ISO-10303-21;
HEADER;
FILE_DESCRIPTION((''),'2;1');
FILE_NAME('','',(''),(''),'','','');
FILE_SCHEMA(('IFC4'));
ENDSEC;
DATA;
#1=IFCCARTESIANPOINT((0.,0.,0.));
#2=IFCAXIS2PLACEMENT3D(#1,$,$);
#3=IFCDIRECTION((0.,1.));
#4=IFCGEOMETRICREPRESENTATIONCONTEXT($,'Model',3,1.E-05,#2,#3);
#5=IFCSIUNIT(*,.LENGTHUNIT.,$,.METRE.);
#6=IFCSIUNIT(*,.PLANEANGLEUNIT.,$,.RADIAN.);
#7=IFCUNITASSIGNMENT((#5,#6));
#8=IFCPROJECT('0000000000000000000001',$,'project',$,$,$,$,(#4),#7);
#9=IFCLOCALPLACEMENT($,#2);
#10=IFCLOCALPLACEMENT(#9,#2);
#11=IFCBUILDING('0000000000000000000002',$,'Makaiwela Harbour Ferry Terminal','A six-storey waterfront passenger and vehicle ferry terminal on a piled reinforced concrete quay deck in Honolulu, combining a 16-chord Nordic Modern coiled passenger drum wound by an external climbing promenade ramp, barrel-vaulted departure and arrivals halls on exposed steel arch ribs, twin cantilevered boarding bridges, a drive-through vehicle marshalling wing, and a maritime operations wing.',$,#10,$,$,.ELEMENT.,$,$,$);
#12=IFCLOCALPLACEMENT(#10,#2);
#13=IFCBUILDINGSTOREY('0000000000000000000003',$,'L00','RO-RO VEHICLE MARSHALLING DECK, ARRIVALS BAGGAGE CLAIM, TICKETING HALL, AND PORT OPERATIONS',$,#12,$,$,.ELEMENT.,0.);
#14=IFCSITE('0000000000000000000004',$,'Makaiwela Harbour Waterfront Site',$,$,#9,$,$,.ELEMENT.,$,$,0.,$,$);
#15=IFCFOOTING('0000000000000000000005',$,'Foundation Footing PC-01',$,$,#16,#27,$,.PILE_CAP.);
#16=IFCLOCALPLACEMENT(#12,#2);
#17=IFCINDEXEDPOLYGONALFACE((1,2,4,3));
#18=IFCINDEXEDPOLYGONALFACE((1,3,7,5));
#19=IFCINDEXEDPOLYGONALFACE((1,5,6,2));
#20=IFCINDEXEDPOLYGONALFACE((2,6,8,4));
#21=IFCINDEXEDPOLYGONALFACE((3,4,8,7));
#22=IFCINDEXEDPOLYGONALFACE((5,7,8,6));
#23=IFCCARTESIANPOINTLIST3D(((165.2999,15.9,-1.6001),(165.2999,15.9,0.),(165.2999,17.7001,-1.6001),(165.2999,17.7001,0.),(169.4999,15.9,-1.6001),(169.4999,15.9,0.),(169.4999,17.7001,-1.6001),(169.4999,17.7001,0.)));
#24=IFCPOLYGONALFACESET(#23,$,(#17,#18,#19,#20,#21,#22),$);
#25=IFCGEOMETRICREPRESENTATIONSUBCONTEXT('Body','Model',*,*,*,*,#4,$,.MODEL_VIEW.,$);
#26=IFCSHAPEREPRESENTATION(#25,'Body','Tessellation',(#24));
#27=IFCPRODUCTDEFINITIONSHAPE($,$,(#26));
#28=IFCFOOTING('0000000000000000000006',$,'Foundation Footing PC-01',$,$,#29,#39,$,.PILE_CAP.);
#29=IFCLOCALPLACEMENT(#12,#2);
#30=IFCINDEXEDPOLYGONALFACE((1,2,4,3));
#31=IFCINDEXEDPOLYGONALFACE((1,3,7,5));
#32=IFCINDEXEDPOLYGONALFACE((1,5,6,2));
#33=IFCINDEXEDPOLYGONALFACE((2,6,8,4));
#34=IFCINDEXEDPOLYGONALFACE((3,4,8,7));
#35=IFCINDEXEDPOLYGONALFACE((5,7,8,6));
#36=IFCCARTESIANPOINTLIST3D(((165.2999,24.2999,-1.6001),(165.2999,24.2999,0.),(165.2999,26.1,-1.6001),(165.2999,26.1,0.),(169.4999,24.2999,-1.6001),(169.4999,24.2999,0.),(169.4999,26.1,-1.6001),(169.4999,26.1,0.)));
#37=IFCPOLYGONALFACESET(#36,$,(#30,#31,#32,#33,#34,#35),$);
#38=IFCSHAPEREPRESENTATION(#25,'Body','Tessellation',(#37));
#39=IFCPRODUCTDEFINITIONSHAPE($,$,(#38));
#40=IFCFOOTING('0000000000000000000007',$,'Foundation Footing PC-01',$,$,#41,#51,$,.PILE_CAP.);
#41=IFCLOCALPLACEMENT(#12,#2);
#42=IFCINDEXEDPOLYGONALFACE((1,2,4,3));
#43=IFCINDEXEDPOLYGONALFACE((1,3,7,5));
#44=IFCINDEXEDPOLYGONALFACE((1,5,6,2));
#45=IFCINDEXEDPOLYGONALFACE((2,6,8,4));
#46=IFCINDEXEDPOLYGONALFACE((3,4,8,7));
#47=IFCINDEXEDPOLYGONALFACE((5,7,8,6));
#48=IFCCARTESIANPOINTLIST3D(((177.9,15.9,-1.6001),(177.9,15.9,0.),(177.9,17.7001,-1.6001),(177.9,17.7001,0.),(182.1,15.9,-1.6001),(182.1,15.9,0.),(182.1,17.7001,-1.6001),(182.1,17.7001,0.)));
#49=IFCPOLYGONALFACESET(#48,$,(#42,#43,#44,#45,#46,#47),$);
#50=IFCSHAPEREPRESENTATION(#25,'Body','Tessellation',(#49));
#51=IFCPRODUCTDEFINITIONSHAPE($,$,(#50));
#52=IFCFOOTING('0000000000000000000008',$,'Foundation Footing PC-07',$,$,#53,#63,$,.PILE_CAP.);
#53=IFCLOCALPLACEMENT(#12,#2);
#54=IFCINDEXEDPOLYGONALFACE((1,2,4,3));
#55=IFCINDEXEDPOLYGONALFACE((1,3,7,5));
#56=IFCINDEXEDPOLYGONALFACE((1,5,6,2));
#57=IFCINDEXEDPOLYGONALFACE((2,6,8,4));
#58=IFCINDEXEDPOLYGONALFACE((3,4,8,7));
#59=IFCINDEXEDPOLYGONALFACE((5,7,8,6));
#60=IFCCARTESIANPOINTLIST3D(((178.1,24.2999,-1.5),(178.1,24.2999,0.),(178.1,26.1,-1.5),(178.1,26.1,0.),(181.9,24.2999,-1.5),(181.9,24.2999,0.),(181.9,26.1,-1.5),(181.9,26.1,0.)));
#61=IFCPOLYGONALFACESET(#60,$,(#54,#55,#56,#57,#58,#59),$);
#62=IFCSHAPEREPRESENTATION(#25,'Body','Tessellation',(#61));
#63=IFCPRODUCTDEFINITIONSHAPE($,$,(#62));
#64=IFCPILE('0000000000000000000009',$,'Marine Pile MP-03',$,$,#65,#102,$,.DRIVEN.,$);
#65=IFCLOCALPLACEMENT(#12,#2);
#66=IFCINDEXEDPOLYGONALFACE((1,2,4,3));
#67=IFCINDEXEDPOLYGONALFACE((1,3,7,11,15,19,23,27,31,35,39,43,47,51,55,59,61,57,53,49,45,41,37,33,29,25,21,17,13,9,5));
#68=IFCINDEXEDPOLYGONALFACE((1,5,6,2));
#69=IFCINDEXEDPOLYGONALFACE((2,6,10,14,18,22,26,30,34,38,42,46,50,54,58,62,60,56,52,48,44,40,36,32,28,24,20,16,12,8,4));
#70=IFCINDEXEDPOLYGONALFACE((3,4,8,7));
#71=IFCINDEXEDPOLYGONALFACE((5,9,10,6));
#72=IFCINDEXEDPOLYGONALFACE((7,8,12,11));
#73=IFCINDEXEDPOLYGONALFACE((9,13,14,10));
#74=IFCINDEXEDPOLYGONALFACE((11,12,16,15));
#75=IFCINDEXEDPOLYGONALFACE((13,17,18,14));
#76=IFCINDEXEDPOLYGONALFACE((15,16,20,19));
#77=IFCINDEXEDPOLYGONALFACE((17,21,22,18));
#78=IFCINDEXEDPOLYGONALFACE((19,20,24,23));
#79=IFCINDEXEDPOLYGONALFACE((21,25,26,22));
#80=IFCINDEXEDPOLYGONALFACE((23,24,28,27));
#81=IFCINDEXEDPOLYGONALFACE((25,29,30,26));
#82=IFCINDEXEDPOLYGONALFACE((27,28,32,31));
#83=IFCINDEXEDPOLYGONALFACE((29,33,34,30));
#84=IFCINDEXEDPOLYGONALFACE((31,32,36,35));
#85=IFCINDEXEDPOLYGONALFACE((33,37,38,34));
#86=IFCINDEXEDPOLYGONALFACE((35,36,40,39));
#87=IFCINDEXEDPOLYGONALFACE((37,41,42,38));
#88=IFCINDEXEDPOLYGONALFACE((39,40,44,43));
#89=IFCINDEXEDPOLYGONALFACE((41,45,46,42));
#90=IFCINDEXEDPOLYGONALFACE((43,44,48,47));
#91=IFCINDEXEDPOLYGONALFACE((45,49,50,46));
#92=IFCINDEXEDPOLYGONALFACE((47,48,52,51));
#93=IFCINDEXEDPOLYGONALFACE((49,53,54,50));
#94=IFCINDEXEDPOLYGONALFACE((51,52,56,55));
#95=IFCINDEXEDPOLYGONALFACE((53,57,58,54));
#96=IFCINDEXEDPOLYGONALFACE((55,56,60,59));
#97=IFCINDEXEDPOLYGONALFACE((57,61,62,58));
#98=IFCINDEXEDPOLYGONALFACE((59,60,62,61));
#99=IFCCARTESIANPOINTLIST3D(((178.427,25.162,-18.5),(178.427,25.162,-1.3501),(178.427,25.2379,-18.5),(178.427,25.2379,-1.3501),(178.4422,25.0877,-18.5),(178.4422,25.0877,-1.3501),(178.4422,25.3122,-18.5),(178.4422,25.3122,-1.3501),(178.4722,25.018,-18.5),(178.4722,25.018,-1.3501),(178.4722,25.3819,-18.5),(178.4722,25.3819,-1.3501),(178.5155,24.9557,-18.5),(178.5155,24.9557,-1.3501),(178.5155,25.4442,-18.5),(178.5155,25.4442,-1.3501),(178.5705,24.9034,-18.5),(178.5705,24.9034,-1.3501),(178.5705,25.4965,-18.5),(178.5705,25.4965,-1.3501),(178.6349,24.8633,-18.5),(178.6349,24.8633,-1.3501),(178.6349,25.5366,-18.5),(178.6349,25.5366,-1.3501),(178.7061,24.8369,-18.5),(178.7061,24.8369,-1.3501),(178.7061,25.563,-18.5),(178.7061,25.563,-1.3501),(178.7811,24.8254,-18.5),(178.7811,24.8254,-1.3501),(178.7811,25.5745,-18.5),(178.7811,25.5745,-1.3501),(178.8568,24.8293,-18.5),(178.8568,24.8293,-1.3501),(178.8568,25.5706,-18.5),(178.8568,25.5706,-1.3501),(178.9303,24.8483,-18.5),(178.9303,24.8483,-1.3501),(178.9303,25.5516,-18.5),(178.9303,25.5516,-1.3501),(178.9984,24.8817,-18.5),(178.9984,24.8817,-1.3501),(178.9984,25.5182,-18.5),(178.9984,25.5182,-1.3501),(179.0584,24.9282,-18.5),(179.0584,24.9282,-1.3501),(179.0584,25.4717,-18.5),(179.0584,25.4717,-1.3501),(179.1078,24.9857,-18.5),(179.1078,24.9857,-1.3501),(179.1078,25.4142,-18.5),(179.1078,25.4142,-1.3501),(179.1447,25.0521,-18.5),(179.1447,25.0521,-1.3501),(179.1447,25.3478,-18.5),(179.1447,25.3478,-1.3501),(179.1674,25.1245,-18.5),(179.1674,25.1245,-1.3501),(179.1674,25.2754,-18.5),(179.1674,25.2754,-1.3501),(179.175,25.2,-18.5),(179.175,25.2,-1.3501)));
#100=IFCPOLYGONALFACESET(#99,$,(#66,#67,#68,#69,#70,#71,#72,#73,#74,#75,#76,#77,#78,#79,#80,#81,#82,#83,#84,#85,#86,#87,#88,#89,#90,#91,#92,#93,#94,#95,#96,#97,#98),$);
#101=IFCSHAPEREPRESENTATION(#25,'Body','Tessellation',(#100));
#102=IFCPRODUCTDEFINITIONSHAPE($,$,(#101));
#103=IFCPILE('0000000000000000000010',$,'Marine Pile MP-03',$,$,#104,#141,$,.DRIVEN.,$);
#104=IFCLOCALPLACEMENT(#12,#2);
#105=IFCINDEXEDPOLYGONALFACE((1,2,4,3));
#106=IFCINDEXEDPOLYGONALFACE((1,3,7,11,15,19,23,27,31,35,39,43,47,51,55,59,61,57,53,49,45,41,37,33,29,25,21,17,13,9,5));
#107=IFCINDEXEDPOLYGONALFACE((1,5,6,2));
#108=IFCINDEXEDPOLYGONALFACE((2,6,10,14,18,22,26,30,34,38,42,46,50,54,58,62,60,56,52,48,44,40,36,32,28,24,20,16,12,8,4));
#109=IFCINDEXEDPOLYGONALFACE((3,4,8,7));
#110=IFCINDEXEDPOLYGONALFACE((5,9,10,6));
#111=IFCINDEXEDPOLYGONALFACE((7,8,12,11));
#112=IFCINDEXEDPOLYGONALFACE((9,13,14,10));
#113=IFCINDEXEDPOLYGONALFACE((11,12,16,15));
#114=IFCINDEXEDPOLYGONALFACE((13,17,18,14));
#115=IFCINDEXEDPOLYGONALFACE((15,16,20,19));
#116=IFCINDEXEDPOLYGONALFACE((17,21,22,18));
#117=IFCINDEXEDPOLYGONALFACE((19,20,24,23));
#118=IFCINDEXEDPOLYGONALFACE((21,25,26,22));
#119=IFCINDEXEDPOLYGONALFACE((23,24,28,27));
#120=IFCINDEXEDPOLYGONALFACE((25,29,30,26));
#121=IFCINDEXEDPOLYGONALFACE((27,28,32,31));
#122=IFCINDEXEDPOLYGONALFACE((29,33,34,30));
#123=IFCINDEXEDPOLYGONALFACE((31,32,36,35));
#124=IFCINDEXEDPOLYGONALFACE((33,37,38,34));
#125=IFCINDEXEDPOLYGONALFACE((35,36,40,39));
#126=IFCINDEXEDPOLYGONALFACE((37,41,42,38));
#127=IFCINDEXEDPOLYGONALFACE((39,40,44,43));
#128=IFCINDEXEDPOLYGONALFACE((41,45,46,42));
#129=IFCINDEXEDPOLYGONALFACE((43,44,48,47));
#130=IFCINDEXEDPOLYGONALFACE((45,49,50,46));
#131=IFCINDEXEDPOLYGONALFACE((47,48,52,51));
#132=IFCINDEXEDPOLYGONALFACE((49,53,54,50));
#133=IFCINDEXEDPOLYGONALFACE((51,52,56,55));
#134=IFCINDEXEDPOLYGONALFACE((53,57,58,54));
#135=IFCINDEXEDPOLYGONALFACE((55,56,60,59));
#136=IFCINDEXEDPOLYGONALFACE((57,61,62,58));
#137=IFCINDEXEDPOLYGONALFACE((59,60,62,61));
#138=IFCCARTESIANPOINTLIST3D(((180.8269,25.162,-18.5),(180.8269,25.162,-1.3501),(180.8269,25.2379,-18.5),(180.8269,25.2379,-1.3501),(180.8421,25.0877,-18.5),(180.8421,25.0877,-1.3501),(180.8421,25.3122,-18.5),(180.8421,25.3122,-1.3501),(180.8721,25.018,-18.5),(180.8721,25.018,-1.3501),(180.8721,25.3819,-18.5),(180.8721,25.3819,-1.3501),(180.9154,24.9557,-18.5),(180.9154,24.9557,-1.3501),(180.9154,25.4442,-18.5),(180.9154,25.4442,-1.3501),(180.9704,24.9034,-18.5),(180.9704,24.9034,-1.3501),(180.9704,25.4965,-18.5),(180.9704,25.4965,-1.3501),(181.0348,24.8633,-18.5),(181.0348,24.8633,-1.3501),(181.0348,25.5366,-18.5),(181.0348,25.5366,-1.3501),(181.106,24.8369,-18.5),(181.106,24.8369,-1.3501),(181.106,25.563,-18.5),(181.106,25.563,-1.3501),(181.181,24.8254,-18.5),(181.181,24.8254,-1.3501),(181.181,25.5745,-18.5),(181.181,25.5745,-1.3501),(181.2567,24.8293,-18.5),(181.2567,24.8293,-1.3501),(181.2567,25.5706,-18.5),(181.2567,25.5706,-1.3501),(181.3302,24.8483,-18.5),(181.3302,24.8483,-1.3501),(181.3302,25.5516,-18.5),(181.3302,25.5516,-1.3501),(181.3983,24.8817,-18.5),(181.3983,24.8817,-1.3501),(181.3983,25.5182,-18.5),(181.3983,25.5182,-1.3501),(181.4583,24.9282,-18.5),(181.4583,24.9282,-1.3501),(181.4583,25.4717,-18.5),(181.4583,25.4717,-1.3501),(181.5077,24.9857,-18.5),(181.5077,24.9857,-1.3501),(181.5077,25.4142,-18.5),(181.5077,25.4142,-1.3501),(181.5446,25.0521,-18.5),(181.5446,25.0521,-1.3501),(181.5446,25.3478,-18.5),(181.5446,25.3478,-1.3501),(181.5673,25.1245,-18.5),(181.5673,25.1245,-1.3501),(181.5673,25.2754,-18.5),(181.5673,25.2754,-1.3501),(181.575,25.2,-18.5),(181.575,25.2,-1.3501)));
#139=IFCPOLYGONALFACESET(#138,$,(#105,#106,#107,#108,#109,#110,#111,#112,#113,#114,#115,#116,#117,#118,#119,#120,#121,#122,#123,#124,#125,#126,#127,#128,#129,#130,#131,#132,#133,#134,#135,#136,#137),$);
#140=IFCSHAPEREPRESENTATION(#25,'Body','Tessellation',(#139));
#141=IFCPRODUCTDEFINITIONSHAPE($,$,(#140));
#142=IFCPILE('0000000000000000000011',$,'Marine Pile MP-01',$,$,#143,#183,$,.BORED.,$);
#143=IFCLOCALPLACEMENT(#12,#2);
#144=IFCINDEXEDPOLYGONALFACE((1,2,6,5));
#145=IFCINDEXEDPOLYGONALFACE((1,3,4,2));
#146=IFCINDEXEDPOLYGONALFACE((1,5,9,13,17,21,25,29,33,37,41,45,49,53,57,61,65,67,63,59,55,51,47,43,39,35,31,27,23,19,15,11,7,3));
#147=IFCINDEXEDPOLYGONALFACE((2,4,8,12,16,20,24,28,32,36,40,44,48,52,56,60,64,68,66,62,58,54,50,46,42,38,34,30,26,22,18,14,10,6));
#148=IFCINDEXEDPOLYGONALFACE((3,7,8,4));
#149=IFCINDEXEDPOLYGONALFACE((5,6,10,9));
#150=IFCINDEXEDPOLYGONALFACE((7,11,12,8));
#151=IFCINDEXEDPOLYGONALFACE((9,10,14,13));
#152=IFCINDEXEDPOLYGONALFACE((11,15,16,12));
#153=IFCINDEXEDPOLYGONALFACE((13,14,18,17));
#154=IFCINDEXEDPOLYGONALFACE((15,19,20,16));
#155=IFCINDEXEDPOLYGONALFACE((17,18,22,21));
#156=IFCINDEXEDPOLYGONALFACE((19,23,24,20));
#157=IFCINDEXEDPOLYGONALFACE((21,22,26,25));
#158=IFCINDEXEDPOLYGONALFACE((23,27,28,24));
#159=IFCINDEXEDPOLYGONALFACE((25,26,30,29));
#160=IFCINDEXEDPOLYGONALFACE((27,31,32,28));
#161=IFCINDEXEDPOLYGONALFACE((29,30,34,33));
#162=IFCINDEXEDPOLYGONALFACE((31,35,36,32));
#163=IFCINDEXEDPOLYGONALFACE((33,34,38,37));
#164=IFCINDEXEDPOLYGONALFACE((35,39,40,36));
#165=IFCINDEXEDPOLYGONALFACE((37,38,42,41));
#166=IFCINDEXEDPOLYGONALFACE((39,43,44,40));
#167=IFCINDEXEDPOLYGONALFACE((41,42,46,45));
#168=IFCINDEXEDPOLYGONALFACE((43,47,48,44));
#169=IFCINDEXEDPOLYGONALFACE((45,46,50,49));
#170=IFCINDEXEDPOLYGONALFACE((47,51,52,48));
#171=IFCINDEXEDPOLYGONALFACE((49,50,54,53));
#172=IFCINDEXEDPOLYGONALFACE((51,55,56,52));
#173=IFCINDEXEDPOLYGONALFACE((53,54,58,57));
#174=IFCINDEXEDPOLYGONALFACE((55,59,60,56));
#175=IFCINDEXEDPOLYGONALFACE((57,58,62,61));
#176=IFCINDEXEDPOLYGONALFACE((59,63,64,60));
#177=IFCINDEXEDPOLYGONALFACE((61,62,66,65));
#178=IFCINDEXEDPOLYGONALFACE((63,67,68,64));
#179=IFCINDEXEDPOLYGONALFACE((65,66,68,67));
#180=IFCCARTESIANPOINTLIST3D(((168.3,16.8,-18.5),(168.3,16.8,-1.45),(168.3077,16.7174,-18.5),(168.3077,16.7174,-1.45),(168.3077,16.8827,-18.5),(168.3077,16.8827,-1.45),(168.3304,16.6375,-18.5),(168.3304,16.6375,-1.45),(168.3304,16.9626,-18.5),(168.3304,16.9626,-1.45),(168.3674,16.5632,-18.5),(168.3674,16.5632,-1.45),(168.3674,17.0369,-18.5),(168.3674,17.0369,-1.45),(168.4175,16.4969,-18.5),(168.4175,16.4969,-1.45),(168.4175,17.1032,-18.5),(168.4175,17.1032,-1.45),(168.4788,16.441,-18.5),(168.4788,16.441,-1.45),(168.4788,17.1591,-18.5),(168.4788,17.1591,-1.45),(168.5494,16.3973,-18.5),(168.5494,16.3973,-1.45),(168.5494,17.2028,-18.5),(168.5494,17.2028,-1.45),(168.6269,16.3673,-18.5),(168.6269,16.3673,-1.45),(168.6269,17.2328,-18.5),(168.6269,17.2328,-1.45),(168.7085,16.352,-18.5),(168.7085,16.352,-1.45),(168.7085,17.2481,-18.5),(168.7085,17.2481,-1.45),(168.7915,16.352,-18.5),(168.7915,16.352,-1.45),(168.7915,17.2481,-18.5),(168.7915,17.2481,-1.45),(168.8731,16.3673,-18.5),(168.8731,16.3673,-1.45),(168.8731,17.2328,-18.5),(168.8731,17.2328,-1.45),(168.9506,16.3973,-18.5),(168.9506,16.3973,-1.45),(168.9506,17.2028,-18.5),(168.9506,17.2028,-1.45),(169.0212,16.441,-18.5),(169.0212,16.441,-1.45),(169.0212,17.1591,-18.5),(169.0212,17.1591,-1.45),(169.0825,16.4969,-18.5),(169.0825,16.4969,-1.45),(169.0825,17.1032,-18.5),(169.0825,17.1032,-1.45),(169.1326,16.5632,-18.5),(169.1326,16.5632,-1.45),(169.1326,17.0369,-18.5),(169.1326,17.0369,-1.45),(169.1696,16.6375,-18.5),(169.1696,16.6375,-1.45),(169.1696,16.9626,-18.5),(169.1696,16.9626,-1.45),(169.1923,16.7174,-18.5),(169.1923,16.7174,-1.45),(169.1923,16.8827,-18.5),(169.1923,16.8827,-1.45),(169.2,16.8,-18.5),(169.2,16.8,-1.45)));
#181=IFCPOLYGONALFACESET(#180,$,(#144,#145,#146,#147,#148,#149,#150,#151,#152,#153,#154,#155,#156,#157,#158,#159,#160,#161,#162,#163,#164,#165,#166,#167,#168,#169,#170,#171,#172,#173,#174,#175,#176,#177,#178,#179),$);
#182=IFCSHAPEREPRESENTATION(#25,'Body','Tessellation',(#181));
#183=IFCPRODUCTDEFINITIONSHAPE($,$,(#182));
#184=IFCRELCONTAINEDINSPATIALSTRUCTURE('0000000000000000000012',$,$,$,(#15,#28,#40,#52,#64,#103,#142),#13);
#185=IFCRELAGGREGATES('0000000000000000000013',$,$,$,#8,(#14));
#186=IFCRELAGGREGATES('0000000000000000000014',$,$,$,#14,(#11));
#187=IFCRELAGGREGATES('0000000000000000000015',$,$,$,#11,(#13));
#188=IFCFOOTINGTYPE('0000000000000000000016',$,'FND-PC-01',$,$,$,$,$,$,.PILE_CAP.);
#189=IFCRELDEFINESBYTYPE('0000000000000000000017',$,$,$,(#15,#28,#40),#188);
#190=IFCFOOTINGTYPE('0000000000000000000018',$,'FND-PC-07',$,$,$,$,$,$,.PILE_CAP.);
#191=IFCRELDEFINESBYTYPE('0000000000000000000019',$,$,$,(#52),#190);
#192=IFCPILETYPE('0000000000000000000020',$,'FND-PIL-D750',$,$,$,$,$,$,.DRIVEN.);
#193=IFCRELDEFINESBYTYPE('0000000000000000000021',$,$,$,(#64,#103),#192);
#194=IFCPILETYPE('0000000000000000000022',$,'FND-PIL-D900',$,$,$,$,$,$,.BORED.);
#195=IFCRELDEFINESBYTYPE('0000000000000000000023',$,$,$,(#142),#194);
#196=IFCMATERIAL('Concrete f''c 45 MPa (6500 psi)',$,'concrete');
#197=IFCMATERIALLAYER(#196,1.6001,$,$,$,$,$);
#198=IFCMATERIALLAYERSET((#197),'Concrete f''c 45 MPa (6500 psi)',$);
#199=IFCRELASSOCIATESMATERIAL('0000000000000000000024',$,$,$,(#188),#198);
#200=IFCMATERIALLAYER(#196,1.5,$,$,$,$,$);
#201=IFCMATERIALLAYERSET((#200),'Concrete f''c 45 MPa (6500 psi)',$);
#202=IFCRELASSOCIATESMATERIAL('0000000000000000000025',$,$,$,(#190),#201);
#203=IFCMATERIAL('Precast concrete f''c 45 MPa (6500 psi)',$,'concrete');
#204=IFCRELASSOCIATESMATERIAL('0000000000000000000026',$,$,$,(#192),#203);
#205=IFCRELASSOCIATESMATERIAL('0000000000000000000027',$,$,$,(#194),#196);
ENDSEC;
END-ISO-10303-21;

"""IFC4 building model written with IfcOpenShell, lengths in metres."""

from ifc_helpers import new_model, si_unit, direction, frame, origin, origin_2d, place, context, subcontext, project, spatial, rectangle, circle, extrude, material, layer, layer_set, material_profile, profile_set, type_object, element, save


model = new_model("IFC4")

# Units and contexts
model_context = context("Model", 3, precision=1e-05, world=origin(), true_north=direction((0.0, 1.0)))
body_context = subcontext(model_context, "Body", "Model", "MODEL_VIEW")
ifc_project = project(units=[si_unit("LENGTHUNIT", "METRE"), si_unit("PLANEANGLEUNIT", "RADIAN")], contexts=[model_context])

# Site, building, storey
site_placement = place(None, origin())
site = spatial("IfcSite", under=ifc_project, at=site_placement, Name="Makaiwela Harbour Waterfront Site", CompositionType="ELEMENT", RefElevation=0.0)
building_placement = place(site_placement, origin())
building = spatial("IfcBuilding", under=site, at=building_placement, Name="Makaiwela Harbour Ferry Terminal", Description="A six-storey waterfront passenger and vehicle ferry terminal on a piled reinforced concrete quay deck in Honolulu, combining a 16-chord Nordic Modern coiled passenger drum wound by an external climbing promenade ramp, barrel-vaulted departure and arrivals halls on exposed steel arch ribs, twin cantilevered boarding bridges, a drive-through vehicle marshalling wing, and a maritime operations wing.", CompositionType="ELEMENT")
storey_placement = place(building_placement, origin())
storey = spatial("IfcBuildingStorey", under=building, at=storey_placement, Name="L00", Description="RO-RO VEHICLE MARSHALLING DECK, ARRIVALS BAGGAGE CLAIM, TICKETING HALL, AND PORT OPERATIONS", CompositionType="ELEMENT", Elevation=0.0)

# Footings
ifc_material_1 = material(Name="Concrete f'c 45 MPa (6500 psi)", Category="concrete")
ifc_layer_1 = layer(ifc_material_1, 1.6001)
ifc_layer_set_1 = layer_set([ifc_layer_1], Name="Concrete f'c 45 MPa (6500 psi)")
footing_type_1 = type_object("IfcFootingType", Name="FND-PC-01", PredefinedType="PILE_CAP", material=ifc_layer_set_1)
for number, where, z_axis, x_axis, name in (
    (1, (167.3999, 16.8, -1.6001), (0.0, 0.0, 1.0), (1.0, 0.0, 0.0), "Foundation Footing PC-01"),
    (2, (167.3999, 25.2, -1.6001), (0.0, 0.0, 1.0), (1.0, 0.0, 0.0), "Foundation Footing PC-01"),
    (3, (180.0, 16.8, -1.6001), (0.0, 0.0, 1.0), (1.0, 0.0, 0.0), "Foundation Footing PC-01"),
):
    element("IfcFooting", number, at=place(storey_placement, frame(where, z_axis=z_axis, x_axis=x_axis)), inside=storey, type_object=footing_type_1, Name=name, PredefinedType="PILE_CAP", context=body_context, shape_type="SweptSolid", body=[
        extrude(rectangle(XDim=4.2, YDim=1.8, at=origin_2d()), origin(), (0.0, 0.0, 1.0), 1.6001),
    ])
ifc_layer_2 = layer(ifc_material_1, 1.5)
ifc_layer_set_2 = layer_set([ifc_layer_2], Name="Concrete f'c 45 MPa (6500 psi)")
footing_type_2 = type_object("IfcFootingType", Name="FND-PC-07", PredefinedType="PILE_CAP", material=ifc_layer_set_2)
footing_1_placement = place(storey_placement, frame((180.0, 25.2, -1.5), z_axis=(0.0, 0.0, 1.0), x_axis=(1.0, 0.0, 0.0)))
element("IfcFooting", 4, at=footing_1_placement, inside=storey, type_object=footing_type_2, Name="Foundation Footing PC-07", PredefinedType="PILE_CAP", context=body_context, shape_type="SweptSolid", body=[
    extrude(rectangle(XDim=3.8, YDim=1.8, at=origin_2d()), origin(), (0.0, 0.0, 1.0), 1.5),
])

# Piles
ifc_material_2 = material(Name="Precast concrete f'c 45 MPa (6500 psi)", Category="concrete")
ifc_material_profile_1 = material_profile(ifc_material_2, circle(Radius=0.375, at=origin_2d()), Name="PILE-D750")
ifc_profile_set_1 = profile_set([ifc_material_profile_1], Name="Precast concrete f'c 45 MPa (6500 psi)")
pile_type_1 = type_object("IfcPileType", Name="FND-PIL-D750", PredefinedType="DRIVEN", material=ifc_profile_set_1)
for number, where, z_axis, x_axis, name in (
    (5, (178.8, 25.2, -1.3501), (0.0, 0.0, -1.0), (1.0, 0.0, 0.0), "Marine Pile MP-03"),
    (6, (181.2, 25.2, -1.3501), (0.0, 0.0, -1.0), (1.0, 0.0, 0.0), "Marine Pile MP-03"),
):
    element("IfcPile", number, at=place(storey_placement, frame(where, z_axis=z_axis, x_axis=x_axis)), inside=storey, type_object=pile_type_1, Name=name, PredefinedType="DRIVEN", context=body_context, shape_type="SweptSolid", body=[
        extrude(circle(Radius=0.375, at=origin_2d()), origin(), (0.0, 0.0, 1.0), 17.1499),
    ])
ifc_material_profile_2 = material_profile(ifc_material_1, circle(Radius=0.45, at=origin_2d()), Name="PILE-D900")
ifc_profile_set_2 = profile_set([ifc_material_profile_2], Name="Concrete f'c 45 MPa (6500 psi)")
pile_type_2 = type_object("IfcPileType", Name="FND-PIL-D900", PredefinedType="BORED", material=ifc_profile_set_2)
for number, where, z_axis, x_axis, name in (
    (7, (168.75, 16.8, -1.45), (0.0, 0.0, -1.0), (1.0, 0.0, 0.0), "Marine Pile MP-01"),
):
    element("IfcPile", number, at=place(storey_placement, frame(where, z_axis=z_axis, x_axis=x_axis)), inside=storey, type_object=pile_type_2, Name=name, PredefinedType="BORED", context=body_context, shape_type="SweptSolid", body=[
        extrude(circle(Radius=0.45, at=origin_2d()), origin(), (0.0, 0.0, 1.0), 17.05),
    ])

save(model, "model.ifc")
